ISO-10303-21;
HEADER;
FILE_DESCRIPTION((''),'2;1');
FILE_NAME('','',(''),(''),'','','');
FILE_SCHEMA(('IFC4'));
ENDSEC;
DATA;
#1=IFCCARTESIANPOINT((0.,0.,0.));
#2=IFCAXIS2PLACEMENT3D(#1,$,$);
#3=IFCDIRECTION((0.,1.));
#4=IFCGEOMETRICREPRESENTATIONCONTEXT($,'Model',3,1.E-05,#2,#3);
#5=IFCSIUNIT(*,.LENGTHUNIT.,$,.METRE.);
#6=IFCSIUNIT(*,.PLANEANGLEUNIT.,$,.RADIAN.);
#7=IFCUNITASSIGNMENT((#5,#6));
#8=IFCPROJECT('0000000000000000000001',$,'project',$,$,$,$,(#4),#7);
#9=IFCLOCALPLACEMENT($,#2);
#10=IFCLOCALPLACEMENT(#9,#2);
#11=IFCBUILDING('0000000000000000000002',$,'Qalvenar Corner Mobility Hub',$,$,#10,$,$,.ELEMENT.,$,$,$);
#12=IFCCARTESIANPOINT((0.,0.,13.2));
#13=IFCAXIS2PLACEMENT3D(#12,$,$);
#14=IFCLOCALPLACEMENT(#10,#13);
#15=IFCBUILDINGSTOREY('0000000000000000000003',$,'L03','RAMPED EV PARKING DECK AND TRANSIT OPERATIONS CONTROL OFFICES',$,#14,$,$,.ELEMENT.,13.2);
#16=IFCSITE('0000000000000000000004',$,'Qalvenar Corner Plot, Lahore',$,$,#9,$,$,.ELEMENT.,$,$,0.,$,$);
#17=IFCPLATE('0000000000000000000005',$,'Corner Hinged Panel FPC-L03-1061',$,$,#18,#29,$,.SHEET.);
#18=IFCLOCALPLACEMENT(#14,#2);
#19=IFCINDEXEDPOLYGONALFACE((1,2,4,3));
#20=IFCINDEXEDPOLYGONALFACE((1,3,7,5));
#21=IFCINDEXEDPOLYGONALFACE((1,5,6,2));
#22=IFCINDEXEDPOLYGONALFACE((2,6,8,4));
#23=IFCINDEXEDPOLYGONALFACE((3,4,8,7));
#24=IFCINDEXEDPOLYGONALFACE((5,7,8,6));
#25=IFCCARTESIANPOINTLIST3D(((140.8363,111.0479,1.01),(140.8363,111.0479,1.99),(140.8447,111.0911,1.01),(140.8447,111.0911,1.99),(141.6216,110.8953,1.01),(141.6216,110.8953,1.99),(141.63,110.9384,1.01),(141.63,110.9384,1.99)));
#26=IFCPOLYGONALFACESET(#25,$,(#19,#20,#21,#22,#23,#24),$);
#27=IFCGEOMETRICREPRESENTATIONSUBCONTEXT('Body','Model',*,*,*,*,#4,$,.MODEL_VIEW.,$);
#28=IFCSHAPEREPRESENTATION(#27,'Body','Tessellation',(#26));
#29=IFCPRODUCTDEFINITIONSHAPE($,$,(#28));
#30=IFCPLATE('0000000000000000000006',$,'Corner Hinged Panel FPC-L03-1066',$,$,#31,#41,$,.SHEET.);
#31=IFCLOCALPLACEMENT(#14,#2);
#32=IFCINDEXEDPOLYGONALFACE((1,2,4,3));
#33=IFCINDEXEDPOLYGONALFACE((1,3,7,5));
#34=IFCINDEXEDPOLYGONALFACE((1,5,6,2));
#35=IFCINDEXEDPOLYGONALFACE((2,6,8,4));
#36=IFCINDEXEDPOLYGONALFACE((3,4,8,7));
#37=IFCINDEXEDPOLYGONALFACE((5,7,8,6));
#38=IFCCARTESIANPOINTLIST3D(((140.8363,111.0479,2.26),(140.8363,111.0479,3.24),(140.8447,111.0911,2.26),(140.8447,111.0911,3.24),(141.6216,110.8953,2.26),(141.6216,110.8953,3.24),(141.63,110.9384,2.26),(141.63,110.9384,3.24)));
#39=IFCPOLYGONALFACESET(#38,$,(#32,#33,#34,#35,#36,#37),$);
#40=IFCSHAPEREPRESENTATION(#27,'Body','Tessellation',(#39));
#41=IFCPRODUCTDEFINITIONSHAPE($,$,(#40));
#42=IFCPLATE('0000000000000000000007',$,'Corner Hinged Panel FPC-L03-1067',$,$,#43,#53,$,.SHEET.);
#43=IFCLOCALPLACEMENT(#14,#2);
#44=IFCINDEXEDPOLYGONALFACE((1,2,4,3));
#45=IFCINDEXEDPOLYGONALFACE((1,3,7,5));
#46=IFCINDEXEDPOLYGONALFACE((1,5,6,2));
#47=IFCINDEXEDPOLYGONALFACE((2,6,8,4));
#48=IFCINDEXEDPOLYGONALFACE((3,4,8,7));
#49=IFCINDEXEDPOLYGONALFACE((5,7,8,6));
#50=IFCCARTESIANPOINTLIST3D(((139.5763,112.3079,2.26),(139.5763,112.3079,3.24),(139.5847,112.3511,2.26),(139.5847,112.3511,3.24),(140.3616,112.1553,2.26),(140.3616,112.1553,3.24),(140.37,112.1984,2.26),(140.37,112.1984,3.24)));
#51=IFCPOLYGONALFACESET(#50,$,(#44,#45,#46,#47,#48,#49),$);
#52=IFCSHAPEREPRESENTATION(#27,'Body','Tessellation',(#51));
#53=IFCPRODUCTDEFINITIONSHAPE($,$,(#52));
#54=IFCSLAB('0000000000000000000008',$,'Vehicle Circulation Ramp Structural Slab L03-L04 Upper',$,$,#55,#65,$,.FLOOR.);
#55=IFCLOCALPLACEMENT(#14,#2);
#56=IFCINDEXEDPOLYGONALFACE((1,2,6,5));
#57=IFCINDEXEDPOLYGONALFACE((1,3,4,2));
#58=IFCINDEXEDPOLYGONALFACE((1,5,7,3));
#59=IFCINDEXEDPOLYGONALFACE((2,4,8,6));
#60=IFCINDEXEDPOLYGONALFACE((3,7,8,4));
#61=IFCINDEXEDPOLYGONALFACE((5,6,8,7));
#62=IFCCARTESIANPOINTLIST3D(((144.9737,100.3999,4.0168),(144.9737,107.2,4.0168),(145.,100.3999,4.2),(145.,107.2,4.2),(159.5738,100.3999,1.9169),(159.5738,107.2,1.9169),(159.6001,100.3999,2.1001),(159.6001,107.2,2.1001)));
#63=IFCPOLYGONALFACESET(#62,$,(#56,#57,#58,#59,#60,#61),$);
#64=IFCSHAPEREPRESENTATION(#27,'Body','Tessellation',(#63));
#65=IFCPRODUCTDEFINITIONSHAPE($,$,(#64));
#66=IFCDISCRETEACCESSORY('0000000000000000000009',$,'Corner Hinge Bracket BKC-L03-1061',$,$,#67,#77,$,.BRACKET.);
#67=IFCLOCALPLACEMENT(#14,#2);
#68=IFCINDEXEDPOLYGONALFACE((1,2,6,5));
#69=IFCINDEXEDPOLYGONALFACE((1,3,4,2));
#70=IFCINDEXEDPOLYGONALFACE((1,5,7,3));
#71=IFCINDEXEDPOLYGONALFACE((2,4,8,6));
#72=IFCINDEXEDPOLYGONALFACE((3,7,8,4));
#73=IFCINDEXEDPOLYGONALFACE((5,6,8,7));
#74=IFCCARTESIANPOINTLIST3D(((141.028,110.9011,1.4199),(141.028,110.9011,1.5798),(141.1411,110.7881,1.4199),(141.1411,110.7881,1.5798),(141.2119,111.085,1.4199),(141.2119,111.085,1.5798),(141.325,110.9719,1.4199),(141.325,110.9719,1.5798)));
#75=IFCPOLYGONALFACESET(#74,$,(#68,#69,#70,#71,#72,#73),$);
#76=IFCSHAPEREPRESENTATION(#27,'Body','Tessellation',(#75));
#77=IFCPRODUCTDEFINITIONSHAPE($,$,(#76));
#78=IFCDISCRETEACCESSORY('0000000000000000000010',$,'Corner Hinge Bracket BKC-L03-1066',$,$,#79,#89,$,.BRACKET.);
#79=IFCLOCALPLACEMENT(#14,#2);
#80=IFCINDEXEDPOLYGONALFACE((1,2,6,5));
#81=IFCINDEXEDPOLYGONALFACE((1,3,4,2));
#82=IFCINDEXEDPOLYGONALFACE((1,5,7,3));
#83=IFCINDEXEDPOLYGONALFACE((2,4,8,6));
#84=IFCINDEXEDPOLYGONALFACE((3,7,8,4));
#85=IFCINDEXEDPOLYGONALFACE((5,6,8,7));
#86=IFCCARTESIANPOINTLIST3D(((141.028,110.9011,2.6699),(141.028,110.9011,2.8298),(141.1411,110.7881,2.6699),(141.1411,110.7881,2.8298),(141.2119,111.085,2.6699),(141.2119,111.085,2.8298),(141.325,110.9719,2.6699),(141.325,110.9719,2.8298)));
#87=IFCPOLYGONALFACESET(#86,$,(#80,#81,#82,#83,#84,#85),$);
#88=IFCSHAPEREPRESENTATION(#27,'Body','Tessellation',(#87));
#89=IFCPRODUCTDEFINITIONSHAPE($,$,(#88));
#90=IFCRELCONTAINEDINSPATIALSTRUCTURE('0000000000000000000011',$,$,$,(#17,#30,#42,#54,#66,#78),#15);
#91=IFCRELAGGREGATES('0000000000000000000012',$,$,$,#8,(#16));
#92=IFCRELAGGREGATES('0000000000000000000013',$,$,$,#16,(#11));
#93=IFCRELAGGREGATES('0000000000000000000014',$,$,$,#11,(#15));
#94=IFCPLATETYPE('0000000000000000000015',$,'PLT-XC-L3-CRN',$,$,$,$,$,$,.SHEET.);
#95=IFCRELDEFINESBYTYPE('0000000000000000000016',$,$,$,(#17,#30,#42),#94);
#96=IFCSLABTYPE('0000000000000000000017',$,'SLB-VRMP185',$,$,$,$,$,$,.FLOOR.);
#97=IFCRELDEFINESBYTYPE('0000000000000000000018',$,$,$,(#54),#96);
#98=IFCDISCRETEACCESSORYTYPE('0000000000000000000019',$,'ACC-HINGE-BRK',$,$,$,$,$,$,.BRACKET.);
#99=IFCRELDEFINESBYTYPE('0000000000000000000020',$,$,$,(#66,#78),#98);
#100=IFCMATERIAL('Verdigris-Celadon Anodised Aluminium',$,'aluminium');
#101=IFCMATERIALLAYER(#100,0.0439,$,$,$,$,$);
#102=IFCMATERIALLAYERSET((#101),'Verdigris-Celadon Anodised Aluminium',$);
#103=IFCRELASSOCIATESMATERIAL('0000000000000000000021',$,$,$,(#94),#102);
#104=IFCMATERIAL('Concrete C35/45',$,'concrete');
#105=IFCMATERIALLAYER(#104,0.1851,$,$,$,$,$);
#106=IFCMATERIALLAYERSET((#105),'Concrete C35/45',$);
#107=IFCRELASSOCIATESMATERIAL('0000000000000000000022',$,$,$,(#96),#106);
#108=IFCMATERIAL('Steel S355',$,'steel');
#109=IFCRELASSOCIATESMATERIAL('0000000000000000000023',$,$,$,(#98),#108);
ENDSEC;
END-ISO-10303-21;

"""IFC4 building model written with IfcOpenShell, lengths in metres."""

from ifc_helpers import new_model, si_unit, direction, frame, origin, origin_2d, place, context, subcontext, project, spatial, polyline, rectangle, outline, extrude, material, layer, layer_set, type_object, element, save


model = new_model("IFC4")

# Units and contexts
model_context = context("Model", 3, precision=1e-05, world=origin(), true_north=direction((0.0, 1.0)))
body_context = subcontext(model_context, "Body", "Model", "MODEL_VIEW")
ifc_project = project(units=[si_unit("LENGTHUNIT", "METRE"), si_unit("PLANEANGLEUNIT", "RADIAN")], contexts=[model_context])

# Site, building, storey
site_placement = place(None, origin())
site = spatial("IfcSite", under=ifc_project, at=site_placement, Name="Qalvenar Corner Plot, Lahore", CompositionType="ELEMENT", RefElevation=0.0)
building_placement = place(site_placement, origin())
building = spatial("IfcBuilding", under=site, at=building_placement, Name="Qalvenar Corner Mobility Hub", CompositionType="ELEMENT")
storey_placement = place(building_placement, frame((0.0, 0.0, 13.2)))
storey = spatial("IfcBuildingStorey", under=building, at=storey_placement, Name="L03", Description="RAMPED EV PARKING DECK AND TRANSIT OPERATIONS CONTROL OFFICES", CompositionType="ELEMENT", Elevation=13.2)

# Shared definitions
ifc_material_1 = material(Name="Steel S355", Category="steel")

# Plates
ifc_material_2 = material(Name="Verdigris-Celadon Anodised Aluminium", Category="aluminium")
ifc_layer_1 = layer(ifc_material_2, 0.0439)
ifc_layer_set_1 = layer_set([ifc_layer_1], Name="Verdigris-Celadon Anodised Aluminium")
plate_type = type_object("IfcPlateType", Name="PLT-XC-L3-CRN", PredefinedType="SHEET", material=ifc_layer_set_1)
for number, where, z_axis, x_axis, name in (
    (1, (141.2332, 110.9932, 1.01), (0.0, 0.0, 1.0), (-0.981627, 0.190809, 0.0), "Corner Hinged Panel FPC-L03-1061"),
    (2, (141.2332, 110.9932, 2.26), (0.0, 0.0, 1.0), (-0.981627, 0.190809, 0.0), "Corner Hinged Panel FPC-L03-1066"),
    (3, (139.9731, 112.2532, 2.26), (0.0, 0.0, 1.0), (-0.981627, 0.190809, 0.0), "Corner Hinged Panel FPC-L03-1067"),
):
    element("IfcPlate", number, at=place(storey_placement, frame(where, z_axis=z_axis, x_axis=x_axis)), inside=storey, type_object=plate_type, Name=name, PredefinedType="SHEET", context=body_context, shape_type="SweptSolid", body=[
        extrude(rectangle(XDim=0.8, YDim=0.0439, at=origin_2d()), origin(), (0.0, 0.0, 1.0), 0.98),
    ])

# Slab
ifc_material_3 = material(Name="Concrete C35/45", Category="concrete")
ifc_layer_2 = layer(ifc_material_3, 0.1851)
ifc_layer_set_2 = layer_set([ifc_layer_2], Name="Concrete C35/45")
slab_type = type_object("IfcSlabType", Name="SLB-VRMP185", PredefinedType="FLOOR", material=ifc_layer_set_2)
slab_placement = place(storey_placement, frame((159.6001, 100.3999, 2.1001), z_axis=(0.14236, 0.0, 0.989815), x_axis=(-0.989815, 0.0, 0.14236)))
element("IfcSlab", 4, at=slab_placement, inside=storey, type_object=slab_type, Name="Vehicle Circulation Ramp Structural Slab L03-L04 Upper", PredefinedType="FLOOR", context=body_context, shape_type="SweptSolid", body=[
    extrude(outline(polyline([(0.0, 0.0), (14.7503, 0.0), (14.7503, -6.8), (0.0, -6.8), (0.0, 0.0)])), origin(), (0.0, 0.0, -1.0), 0.1851),
])

# Discrete accessories
discrete_accessory_type = type_object("IfcDiscreteAccessoryType", Name="ACC-HINGE-BRK", PredefinedType="BRACKET", material=ifc_material_1)
for number, where, z_axis, x_axis, name in (
    (5, (141.1765, 110.9365, 1.4199), (0.0, 0.0, 1.0), (-0.707107, 0.707107, 0.0), "Corner Hinge Bracket BKC-L03-1061"),
    (6, (141.1765, 110.9365, 2.6699), (0.0, 0.0, 1.0), (-0.707107, 0.707107, 0.0), "Corner Hinge Bracket BKC-L03-1066"),
):
    element("IfcDiscreteAccessory", number, at=place(storey_placement, frame(where, z_axis=z_axis, x_axis=x_axis)), inside=storey, type_object=discrete_accessory_type, Name=name, PredefinedType="BRACKET", context=body_context, shape_type="SweptSolid", body=[
        extrude(rectangle(XDim=0.1599, YDim=0.26, at=origin_2d()), origin(), (0.0, 0.0, 1.0), 0.1599),
    ])

save(model, "model.ifc")
